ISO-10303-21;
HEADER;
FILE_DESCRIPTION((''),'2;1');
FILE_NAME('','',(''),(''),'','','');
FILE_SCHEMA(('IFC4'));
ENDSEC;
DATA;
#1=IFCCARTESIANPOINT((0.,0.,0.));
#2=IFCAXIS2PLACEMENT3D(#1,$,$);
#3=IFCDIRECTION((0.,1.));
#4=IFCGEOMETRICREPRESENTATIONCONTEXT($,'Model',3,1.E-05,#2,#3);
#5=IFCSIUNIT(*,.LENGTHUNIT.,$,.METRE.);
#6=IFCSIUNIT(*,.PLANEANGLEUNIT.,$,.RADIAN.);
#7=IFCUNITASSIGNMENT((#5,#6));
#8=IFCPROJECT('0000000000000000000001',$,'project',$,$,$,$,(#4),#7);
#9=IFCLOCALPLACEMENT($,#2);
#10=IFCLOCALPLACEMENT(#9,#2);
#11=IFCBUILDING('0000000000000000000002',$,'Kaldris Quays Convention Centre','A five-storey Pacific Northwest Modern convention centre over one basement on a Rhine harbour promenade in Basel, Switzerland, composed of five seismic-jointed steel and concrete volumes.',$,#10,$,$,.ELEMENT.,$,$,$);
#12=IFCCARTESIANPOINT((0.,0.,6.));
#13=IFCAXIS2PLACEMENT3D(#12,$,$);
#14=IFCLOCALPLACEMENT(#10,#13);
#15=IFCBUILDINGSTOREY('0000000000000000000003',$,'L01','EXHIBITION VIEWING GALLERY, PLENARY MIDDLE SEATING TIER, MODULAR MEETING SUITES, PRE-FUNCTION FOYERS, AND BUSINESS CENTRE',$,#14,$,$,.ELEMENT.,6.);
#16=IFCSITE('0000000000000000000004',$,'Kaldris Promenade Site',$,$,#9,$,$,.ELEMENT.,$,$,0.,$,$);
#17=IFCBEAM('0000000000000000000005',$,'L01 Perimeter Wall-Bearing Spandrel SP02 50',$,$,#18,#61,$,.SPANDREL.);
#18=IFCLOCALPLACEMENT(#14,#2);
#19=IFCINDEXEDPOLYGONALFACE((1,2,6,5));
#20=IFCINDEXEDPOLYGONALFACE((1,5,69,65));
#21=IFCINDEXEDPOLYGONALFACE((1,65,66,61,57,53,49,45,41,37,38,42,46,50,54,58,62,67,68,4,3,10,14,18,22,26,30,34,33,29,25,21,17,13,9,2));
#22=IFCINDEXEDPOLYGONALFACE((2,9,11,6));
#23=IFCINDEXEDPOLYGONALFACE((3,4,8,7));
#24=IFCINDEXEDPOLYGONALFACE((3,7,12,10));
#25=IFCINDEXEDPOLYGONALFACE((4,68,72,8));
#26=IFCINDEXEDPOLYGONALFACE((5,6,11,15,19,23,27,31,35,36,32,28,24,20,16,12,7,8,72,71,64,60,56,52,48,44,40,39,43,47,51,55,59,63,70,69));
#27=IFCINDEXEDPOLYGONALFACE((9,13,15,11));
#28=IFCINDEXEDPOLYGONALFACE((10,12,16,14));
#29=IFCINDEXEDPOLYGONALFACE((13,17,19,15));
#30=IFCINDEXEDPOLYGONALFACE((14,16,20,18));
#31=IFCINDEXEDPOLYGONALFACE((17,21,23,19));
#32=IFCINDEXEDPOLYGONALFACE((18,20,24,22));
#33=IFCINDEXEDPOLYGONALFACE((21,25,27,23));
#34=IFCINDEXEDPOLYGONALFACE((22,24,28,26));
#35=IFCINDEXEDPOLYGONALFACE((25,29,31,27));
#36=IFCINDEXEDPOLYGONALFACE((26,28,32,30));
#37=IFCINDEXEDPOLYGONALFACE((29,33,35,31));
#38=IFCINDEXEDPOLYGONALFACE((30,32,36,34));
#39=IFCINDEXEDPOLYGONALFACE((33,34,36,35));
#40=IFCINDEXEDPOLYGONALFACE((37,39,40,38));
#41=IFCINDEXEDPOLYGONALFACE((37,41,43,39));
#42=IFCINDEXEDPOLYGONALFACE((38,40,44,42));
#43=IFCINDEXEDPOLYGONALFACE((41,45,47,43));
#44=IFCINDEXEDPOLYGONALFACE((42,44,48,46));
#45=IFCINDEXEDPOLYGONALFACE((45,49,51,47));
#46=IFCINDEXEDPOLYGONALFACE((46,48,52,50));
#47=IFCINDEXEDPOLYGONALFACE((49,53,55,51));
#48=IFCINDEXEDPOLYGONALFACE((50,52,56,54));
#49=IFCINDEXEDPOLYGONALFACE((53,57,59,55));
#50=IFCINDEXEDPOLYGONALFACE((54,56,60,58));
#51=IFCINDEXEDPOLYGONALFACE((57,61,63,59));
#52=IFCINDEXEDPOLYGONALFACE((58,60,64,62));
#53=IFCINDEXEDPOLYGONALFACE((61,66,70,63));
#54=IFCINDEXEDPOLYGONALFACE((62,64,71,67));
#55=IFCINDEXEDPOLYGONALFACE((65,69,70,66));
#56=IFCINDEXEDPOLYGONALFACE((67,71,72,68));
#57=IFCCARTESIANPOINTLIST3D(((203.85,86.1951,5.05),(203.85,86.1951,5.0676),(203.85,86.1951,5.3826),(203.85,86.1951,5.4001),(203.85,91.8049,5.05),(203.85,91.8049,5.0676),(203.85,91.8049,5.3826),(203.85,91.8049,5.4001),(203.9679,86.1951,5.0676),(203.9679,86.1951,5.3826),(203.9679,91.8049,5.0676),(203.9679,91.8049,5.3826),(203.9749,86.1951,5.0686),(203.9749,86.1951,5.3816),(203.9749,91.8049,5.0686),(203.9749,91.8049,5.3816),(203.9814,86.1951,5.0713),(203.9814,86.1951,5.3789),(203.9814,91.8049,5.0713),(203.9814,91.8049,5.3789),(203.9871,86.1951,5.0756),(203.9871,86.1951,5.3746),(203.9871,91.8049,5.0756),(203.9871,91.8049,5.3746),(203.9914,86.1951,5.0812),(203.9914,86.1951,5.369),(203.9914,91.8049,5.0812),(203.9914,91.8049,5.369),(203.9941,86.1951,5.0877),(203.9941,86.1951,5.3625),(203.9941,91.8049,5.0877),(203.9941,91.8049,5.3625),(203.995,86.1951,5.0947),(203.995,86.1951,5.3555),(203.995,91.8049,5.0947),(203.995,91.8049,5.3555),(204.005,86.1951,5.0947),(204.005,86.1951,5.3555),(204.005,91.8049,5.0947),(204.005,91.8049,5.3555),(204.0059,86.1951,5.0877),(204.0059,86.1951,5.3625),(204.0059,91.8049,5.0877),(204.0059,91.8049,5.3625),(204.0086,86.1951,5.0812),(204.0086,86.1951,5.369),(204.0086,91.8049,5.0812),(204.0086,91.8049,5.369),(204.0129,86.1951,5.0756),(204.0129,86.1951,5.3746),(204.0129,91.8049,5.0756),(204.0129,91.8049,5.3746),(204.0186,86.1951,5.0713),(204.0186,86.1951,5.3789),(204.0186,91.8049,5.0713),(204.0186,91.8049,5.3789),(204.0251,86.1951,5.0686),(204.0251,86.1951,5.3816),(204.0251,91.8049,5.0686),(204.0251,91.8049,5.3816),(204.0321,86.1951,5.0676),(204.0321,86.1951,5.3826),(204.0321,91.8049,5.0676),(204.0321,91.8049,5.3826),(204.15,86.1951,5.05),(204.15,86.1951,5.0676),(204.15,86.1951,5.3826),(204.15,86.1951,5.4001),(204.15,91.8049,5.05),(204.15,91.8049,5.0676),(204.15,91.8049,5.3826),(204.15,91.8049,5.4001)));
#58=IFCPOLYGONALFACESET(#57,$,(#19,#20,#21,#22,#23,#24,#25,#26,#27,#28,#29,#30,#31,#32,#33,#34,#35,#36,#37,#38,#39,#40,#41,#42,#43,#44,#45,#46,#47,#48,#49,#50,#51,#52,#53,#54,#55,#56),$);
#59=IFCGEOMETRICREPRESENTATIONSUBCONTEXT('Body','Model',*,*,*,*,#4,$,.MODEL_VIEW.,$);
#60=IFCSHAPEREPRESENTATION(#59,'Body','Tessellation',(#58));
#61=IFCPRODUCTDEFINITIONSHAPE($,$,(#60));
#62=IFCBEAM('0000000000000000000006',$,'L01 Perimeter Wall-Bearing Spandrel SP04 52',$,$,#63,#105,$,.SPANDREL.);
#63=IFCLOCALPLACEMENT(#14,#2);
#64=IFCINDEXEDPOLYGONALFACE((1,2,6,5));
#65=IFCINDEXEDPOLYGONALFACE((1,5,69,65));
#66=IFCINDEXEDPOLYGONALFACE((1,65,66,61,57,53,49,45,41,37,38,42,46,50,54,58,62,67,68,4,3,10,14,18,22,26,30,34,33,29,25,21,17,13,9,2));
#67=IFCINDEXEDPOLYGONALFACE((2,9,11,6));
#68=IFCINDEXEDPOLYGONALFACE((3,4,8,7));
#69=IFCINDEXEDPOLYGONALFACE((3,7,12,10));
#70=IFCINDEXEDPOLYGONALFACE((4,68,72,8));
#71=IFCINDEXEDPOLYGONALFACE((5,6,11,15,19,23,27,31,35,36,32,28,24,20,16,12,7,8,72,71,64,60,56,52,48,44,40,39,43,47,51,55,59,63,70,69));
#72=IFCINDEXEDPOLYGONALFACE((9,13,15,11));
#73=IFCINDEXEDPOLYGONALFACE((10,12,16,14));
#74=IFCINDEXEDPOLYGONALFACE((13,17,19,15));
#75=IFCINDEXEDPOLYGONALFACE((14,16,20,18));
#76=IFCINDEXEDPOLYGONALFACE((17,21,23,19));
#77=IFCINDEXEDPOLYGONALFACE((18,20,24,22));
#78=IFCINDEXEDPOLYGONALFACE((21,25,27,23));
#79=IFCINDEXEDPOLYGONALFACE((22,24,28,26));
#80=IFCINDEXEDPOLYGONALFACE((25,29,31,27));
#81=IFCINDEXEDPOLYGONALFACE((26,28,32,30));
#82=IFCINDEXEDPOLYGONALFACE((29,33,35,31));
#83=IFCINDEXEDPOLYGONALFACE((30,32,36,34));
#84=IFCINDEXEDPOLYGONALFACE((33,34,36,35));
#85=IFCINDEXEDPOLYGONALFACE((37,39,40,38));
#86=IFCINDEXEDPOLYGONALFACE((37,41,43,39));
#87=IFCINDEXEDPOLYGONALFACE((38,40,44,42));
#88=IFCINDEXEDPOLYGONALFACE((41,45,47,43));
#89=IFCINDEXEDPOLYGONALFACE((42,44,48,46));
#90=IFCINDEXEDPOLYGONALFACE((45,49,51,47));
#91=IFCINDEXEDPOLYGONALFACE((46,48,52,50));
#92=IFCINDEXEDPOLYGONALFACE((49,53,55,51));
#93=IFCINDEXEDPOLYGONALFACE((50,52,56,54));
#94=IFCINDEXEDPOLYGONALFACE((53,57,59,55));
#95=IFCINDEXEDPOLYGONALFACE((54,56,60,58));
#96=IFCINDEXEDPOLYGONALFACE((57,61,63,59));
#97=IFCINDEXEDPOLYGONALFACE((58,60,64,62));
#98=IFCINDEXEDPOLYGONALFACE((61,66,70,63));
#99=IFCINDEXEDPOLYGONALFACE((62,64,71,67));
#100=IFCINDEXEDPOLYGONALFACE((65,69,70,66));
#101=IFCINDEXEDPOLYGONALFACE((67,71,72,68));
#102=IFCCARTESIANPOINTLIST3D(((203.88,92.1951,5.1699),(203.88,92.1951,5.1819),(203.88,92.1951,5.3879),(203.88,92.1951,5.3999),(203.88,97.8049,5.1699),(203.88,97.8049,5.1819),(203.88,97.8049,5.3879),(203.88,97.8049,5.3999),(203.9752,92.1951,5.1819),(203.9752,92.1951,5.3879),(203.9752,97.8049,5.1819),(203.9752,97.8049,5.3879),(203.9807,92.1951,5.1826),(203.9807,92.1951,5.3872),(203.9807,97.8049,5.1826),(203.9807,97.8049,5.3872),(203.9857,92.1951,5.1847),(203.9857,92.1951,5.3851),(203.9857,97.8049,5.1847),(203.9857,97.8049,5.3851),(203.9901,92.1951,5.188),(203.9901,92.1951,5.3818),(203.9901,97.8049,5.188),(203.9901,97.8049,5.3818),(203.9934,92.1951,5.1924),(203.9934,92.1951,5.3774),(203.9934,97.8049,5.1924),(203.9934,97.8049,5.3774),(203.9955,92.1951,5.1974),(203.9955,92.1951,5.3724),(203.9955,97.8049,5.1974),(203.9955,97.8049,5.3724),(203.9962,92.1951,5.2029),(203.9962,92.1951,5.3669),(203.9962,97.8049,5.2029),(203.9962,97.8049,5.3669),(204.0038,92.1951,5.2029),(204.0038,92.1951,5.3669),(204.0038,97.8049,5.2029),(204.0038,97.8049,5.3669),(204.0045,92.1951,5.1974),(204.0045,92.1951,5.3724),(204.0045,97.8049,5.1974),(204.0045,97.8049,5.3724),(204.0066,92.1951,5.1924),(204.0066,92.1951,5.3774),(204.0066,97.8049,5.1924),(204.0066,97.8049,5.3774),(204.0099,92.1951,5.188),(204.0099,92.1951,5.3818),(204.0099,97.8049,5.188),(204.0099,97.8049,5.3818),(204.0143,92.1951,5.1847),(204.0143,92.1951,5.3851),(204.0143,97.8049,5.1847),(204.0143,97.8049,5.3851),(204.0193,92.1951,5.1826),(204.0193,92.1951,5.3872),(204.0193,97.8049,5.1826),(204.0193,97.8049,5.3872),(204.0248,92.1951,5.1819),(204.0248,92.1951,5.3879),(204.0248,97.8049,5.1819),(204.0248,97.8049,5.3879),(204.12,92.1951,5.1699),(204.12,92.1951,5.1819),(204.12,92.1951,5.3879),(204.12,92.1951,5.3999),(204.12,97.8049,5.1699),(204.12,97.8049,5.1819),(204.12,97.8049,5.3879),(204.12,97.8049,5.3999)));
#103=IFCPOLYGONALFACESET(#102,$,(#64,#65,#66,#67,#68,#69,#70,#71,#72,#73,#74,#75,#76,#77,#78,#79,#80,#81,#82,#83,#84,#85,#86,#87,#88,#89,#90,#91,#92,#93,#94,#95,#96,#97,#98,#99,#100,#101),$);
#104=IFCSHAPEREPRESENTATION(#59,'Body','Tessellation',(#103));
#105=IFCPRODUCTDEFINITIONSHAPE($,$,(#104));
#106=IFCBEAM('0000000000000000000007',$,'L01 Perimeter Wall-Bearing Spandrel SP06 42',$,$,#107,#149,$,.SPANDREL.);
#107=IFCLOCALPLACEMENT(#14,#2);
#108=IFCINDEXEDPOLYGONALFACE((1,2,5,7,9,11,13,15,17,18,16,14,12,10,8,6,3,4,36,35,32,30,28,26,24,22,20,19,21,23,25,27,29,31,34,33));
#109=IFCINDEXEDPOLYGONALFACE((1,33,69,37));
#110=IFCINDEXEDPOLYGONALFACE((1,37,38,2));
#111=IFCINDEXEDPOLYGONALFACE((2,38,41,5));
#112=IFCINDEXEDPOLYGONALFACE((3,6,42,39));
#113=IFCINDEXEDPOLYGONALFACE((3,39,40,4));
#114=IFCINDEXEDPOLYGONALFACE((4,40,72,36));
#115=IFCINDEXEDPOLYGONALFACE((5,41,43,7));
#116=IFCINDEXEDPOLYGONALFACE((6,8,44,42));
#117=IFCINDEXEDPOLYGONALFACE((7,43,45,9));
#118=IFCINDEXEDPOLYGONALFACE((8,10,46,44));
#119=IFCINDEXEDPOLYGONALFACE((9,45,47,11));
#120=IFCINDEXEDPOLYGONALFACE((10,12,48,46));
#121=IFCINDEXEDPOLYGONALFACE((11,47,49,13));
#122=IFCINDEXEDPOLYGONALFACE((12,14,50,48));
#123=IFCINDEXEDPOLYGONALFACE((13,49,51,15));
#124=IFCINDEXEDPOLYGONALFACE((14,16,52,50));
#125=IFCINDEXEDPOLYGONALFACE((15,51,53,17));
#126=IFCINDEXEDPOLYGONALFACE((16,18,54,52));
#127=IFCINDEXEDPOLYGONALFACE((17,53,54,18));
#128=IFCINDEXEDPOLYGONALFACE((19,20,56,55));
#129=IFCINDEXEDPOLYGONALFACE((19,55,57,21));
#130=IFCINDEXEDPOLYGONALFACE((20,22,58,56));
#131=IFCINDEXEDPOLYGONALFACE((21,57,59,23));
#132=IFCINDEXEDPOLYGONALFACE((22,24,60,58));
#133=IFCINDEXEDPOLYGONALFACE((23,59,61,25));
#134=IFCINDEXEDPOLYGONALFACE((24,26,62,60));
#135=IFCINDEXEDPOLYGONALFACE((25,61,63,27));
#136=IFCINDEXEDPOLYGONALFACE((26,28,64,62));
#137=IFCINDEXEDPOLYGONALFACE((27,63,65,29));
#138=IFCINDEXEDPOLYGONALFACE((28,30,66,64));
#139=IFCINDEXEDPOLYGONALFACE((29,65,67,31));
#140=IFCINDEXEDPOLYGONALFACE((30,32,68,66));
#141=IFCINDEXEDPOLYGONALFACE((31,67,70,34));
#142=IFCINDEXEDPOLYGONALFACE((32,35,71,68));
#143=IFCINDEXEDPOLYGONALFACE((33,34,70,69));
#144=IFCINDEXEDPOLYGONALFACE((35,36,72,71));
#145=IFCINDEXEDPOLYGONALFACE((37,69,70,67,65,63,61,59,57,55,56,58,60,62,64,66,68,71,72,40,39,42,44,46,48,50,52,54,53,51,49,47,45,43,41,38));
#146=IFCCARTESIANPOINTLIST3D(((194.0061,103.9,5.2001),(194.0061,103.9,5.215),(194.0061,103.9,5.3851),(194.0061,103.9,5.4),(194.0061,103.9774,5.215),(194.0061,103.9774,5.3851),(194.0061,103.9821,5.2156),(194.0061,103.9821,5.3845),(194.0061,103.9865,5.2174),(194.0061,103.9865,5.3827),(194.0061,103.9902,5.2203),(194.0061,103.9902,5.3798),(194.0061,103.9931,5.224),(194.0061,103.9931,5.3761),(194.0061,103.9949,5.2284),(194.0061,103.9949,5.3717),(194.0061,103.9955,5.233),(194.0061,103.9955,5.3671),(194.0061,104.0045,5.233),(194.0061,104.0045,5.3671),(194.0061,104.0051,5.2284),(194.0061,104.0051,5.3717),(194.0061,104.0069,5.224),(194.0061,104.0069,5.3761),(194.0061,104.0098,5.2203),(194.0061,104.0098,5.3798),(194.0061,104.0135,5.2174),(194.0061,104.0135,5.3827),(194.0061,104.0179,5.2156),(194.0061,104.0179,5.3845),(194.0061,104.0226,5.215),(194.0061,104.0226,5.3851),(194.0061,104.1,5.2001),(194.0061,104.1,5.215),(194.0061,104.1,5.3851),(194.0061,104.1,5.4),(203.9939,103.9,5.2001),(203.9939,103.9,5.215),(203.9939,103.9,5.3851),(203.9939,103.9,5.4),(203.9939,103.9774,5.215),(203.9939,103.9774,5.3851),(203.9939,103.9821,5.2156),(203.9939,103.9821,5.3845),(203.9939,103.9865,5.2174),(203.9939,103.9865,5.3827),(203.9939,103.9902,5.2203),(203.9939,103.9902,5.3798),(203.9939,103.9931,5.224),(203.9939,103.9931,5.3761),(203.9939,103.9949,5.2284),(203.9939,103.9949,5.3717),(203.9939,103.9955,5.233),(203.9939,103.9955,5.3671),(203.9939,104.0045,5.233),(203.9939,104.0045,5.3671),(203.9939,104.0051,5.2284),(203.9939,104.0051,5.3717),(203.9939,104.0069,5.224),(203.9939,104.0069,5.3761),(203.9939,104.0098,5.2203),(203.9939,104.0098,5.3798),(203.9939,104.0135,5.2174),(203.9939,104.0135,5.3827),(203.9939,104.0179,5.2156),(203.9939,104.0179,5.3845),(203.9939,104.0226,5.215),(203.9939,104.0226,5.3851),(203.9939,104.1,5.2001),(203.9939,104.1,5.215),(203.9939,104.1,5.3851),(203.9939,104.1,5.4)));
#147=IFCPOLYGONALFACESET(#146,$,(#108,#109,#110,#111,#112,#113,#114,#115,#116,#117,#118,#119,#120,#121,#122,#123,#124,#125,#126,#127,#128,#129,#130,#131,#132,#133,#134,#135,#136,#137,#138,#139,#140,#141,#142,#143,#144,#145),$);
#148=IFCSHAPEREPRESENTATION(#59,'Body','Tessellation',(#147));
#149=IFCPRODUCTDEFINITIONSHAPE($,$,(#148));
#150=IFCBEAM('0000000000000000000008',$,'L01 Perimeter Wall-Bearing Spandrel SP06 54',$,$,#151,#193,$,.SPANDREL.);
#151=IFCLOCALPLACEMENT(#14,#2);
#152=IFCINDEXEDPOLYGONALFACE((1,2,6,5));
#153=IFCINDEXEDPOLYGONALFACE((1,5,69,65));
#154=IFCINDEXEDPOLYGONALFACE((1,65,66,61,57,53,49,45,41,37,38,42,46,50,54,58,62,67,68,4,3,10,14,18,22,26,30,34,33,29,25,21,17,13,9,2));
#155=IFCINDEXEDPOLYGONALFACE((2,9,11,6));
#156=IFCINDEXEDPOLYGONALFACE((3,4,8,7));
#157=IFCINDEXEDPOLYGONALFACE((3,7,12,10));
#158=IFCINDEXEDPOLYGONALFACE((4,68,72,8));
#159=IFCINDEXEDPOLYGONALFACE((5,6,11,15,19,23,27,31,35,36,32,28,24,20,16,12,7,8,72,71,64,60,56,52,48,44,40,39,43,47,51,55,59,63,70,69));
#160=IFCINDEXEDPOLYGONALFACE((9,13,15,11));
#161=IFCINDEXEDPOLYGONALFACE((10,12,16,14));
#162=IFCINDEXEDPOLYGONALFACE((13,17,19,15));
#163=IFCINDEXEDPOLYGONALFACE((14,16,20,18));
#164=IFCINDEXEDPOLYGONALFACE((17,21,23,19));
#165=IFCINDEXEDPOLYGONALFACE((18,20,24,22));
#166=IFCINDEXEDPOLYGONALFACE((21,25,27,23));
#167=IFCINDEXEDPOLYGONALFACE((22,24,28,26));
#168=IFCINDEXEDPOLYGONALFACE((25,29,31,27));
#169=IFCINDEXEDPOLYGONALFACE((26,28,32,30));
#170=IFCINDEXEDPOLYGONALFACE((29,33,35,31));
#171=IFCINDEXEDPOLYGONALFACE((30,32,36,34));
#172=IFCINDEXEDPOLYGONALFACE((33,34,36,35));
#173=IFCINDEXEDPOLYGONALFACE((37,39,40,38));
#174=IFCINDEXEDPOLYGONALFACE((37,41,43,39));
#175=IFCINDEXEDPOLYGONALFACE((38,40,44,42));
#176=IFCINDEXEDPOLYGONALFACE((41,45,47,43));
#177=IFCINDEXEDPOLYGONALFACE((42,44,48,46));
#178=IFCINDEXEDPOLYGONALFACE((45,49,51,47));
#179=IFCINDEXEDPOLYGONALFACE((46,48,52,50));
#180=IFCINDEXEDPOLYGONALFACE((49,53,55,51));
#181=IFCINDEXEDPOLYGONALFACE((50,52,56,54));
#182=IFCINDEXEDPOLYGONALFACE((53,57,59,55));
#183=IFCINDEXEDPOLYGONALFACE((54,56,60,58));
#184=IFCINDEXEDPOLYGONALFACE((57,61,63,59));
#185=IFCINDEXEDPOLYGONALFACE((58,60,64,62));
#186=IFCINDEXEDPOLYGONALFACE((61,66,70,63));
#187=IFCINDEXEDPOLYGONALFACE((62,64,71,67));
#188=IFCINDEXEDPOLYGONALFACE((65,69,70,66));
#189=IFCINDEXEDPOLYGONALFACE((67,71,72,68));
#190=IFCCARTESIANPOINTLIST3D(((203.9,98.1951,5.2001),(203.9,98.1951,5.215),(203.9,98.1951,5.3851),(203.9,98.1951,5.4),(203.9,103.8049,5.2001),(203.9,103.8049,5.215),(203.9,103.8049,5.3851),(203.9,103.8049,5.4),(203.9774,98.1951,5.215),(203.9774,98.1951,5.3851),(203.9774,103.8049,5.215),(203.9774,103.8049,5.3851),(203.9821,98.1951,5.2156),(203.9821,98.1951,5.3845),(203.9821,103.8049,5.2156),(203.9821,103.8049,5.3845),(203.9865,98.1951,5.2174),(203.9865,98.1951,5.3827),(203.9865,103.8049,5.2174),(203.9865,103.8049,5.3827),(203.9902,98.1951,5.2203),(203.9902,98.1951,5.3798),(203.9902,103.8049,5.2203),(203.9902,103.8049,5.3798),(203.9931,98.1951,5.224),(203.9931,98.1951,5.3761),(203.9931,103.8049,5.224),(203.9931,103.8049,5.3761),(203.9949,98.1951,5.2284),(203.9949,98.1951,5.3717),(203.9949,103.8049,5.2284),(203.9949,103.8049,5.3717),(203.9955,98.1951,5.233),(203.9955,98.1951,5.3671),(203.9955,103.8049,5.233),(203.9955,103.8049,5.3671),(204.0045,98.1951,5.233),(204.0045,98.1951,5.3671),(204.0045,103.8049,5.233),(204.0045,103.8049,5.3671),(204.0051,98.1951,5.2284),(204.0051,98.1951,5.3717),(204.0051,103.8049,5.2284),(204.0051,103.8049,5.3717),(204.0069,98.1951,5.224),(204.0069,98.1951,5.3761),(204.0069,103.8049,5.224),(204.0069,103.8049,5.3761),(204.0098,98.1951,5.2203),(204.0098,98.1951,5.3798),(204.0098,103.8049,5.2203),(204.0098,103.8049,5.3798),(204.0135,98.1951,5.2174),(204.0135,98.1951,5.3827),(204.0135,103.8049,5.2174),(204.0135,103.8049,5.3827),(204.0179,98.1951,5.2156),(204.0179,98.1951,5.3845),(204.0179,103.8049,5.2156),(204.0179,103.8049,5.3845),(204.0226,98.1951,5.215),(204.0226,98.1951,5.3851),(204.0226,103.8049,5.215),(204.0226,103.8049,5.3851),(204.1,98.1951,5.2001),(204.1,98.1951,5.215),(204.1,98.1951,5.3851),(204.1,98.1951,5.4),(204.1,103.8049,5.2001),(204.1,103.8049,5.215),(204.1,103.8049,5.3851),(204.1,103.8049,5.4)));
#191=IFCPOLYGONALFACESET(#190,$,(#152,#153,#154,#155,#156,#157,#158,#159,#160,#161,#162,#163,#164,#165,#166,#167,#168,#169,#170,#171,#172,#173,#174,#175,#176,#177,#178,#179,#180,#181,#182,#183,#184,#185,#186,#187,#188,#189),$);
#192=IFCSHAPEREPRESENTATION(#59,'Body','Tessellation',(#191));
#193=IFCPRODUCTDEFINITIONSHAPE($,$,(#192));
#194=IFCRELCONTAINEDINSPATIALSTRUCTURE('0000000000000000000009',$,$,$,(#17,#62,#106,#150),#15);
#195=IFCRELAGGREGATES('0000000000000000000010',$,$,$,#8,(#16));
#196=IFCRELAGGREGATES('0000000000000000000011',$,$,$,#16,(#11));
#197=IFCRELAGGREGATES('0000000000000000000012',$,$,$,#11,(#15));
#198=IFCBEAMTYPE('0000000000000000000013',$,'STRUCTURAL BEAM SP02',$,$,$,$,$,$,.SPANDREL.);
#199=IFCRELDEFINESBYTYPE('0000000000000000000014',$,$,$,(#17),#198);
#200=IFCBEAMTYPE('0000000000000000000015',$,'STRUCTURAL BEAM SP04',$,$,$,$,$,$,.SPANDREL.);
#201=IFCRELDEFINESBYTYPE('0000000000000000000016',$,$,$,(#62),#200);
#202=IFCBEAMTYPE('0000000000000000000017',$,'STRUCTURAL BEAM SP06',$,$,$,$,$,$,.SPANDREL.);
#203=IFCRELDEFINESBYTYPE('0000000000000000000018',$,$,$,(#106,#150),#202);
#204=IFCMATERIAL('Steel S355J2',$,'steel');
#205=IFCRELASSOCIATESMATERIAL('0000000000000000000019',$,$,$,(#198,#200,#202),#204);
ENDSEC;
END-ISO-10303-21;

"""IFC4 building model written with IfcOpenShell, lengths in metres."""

from ifc_helpers import new_model, si_unit, direction, frame, origin, origin_2d, place, context, subcontext, project, spatial, i_section, extrude, material, material_profile, profile_set, type_object, element, save


model = new_model("IFC4")

# Units and contexts
model_context = context("Model", 3, precision=1e-05, world=origin(), true_north=direction((0.0, 1.0)))
body_context = subcontext(model_context, "Body", "Model", "MODEL_VIEW")
ifc_project = project(units=[si_unit("LENGTHUNIT", "METRE"), si_unit("PLANEANGLEUNIT", "RADIAN")], contexts=[model_context])

# Site, building, storey
site_placement = place(None, origin())
site = spatial("IfcSite", under=ifc_project, at=site_placement, Name="Kaldris Promenade Site", CompositionType="ELEMENT", RefElevation=0.0)
building_placement = place(site_placement, origin())
building = spatial("IfcBuilding", under=site, at=building_placement, Name="Kaldris Quays Convention Centre", Description="A five-storey Pacific Northwest Modern convention centre over one basement on a Rhine harbour promenade in Basel, Switzerland, composed of five seismic-jointed steel and concrete volumes.", CompositionType="ELEMENT")
storey_placement = place(building_placement, frame((0.0, 0.0, 6.0)))
storey = spatial("IfcBuildingStorey", under=building, at=storey_placement, Name="L01", Description="EXHIBITION VIEWING GALLERY, PLENARY MIDDLE SEATING TIER, MODULAR MEETING SUITES, PRE-FUNCTION FOYERS, AND BUSINESS CENTRE", CompositionType="ELEMENT", Elevation=6.0)

# Shared definitions
ifc_material_1 = material(Name="Steel S355J2", Category="steel")

# Beams
ifc_material_profile_1 = material_profile(ifc_material_1, i_section(OverallWidth=0.3, OverallDepth=0.3501, WebThickness=0.01, FlangeThickness=0.0176, FilletRadius=0.0271, at=origin_2d()), Name="HEA 360")
ifc_profile_set_1 = profile_set([ifc_material_profile_1], Name="Steel S355J2")
beam_type_1 = type_object("IfcBeamType", Name="STRUCTURAL BEAM SP02", PredefinedType="SPANDREL", material=ifc_profile_set_1)
beam_1_placement = place(storey_placement, frame((204.0, 86.1951, 5.2251), z_axis=(0.0, 1.0, 0.0), x_axis=(-1.0, 0.0, 0.0)))
element("IfcBeam", 1, at=beam_1_placement, inside=storey, type_object=beam_type_1, Name="L01 Perimeter Wall-Bearing Spandrel SP02 50", PredefinedType="SPANDREL", context=body_context, shape_type="SweptSolid", body=[
    extrude(i_section(OverallWidth=0.3, OverallDepth=0.3501, WebThickness=0.01, FlangeThickness=0.0176, FilletRadius=0.0271, at=origin_2d()), origin(), (0.0, 0.0, 1.0), 5.6099),
])
ifc_material_profile_2 = material_profile(ifc_material_1, i_section(OverallWidth=0.24, OverallDepth=0.23, WebThickness=0.0076, FlangeThickness=0.012, FilletRadius=0.021, at=origin_2d()), Name="HEA 240")
ifc_profile_set_2 = profile_set([ifc_material_profile_2], Name="Steel S355J2")
beam_type_2 = type_object("IfcBeamType", Name="STRUCTURAL BEAM SP04", PredefinedType="SPANDREL", material=ifc_profile_set_2)
beam_2_placement = place(storey_placement, frame((204.0, 92.1951, 5.2849), z_axis=(0.0, 1.0, 0.0), x_axis=(-1.0, 0.0, 0.0)))
element("IfcBeam", 2, at=beam_2_placement, inside=storey, type_object=beam_type_2, Name="L01 Perimeter Wall-Bearing Spandrel SP04 52", PredefinedType="SPANDREL", context=body_context, shape_type="SweptSolid", body=[
    extrude(i_section(OverallWidth=0.24, OverallDepth=0.23, WebThickness=0.0076, FlangeThickness=0.012, FilletRadius=0.021, at=origin_2d()), origin(), (0.0, 0.0, 1.0), 5.6099),
])
ifc_material_profile_3 = material_profile(ifc_material_1, i_section(OverallWidth=0.2, OverallDepth=0.2, WebThickness=0.009, FlangeThickness=0.0149, FilletRadius=0.0181, at=origin_2d()), Name="HEB 200")
ifc_profile_set_3 = profile_set([ifc_material_profile_3], Name="Steel S355J2")
beam_type_3 = type_object("IfcBeamType", Name="STRUCTURAL BEAM SP06", PredefinedType="SPANDREL", material=ifc_profile_set_3)
beam_3_placement = place(storey_placement, frame((194.0061, 104.0, 5.3), z_axis=(1.0, 0.0, 0.0), x_axis=(0.0, 1.0, 0.0)))
element("IfcBeam", 3, at=beam_3_placement, inside=storey, type_object=beam_type_3, Name="L01 Perimeter Wall-Bearing Spandrel SP06 42", PredefinedType="SPANDREL", context=body_context, shape_type="SweptSolid", body=[
    extrude(i_section(OverallWidth=0.2, OverallDepth=0.2, WebThickness=0.009, FlangeThickness=0.0149, FilletRadius=0.0181, at=origin_2d()), origin(), (0.0, 0.0, 1.0), 9.9878),
])
beam_4_placement = place(storey_placement, frame((204.0, 98.1951, 5.3), z_axis=(0.0, 1.0, 0.0), x_axis=(-1.0, 0.0, 0.0)))
element("IfcBeam", 4, at=beam_4_placement, inside=storey, type_object=beam_type_3, Name="L01 Perimeter Wall-Bearing Spandrel SP06 54", PredefinedType="SPANDREL", context=body_context, shape_type="SweptSolid", body=[
    extrude(i_section(OverallWidth=0.2, OverallDepth=0.2, WebThickness=0.009, FlangeThickness=0.0149, FilletRadius=0.0181, at=origin_2d()), origin(), (0.0, 0.0, 1.0), 5.6099),
])

save(model, "model.ifc")
